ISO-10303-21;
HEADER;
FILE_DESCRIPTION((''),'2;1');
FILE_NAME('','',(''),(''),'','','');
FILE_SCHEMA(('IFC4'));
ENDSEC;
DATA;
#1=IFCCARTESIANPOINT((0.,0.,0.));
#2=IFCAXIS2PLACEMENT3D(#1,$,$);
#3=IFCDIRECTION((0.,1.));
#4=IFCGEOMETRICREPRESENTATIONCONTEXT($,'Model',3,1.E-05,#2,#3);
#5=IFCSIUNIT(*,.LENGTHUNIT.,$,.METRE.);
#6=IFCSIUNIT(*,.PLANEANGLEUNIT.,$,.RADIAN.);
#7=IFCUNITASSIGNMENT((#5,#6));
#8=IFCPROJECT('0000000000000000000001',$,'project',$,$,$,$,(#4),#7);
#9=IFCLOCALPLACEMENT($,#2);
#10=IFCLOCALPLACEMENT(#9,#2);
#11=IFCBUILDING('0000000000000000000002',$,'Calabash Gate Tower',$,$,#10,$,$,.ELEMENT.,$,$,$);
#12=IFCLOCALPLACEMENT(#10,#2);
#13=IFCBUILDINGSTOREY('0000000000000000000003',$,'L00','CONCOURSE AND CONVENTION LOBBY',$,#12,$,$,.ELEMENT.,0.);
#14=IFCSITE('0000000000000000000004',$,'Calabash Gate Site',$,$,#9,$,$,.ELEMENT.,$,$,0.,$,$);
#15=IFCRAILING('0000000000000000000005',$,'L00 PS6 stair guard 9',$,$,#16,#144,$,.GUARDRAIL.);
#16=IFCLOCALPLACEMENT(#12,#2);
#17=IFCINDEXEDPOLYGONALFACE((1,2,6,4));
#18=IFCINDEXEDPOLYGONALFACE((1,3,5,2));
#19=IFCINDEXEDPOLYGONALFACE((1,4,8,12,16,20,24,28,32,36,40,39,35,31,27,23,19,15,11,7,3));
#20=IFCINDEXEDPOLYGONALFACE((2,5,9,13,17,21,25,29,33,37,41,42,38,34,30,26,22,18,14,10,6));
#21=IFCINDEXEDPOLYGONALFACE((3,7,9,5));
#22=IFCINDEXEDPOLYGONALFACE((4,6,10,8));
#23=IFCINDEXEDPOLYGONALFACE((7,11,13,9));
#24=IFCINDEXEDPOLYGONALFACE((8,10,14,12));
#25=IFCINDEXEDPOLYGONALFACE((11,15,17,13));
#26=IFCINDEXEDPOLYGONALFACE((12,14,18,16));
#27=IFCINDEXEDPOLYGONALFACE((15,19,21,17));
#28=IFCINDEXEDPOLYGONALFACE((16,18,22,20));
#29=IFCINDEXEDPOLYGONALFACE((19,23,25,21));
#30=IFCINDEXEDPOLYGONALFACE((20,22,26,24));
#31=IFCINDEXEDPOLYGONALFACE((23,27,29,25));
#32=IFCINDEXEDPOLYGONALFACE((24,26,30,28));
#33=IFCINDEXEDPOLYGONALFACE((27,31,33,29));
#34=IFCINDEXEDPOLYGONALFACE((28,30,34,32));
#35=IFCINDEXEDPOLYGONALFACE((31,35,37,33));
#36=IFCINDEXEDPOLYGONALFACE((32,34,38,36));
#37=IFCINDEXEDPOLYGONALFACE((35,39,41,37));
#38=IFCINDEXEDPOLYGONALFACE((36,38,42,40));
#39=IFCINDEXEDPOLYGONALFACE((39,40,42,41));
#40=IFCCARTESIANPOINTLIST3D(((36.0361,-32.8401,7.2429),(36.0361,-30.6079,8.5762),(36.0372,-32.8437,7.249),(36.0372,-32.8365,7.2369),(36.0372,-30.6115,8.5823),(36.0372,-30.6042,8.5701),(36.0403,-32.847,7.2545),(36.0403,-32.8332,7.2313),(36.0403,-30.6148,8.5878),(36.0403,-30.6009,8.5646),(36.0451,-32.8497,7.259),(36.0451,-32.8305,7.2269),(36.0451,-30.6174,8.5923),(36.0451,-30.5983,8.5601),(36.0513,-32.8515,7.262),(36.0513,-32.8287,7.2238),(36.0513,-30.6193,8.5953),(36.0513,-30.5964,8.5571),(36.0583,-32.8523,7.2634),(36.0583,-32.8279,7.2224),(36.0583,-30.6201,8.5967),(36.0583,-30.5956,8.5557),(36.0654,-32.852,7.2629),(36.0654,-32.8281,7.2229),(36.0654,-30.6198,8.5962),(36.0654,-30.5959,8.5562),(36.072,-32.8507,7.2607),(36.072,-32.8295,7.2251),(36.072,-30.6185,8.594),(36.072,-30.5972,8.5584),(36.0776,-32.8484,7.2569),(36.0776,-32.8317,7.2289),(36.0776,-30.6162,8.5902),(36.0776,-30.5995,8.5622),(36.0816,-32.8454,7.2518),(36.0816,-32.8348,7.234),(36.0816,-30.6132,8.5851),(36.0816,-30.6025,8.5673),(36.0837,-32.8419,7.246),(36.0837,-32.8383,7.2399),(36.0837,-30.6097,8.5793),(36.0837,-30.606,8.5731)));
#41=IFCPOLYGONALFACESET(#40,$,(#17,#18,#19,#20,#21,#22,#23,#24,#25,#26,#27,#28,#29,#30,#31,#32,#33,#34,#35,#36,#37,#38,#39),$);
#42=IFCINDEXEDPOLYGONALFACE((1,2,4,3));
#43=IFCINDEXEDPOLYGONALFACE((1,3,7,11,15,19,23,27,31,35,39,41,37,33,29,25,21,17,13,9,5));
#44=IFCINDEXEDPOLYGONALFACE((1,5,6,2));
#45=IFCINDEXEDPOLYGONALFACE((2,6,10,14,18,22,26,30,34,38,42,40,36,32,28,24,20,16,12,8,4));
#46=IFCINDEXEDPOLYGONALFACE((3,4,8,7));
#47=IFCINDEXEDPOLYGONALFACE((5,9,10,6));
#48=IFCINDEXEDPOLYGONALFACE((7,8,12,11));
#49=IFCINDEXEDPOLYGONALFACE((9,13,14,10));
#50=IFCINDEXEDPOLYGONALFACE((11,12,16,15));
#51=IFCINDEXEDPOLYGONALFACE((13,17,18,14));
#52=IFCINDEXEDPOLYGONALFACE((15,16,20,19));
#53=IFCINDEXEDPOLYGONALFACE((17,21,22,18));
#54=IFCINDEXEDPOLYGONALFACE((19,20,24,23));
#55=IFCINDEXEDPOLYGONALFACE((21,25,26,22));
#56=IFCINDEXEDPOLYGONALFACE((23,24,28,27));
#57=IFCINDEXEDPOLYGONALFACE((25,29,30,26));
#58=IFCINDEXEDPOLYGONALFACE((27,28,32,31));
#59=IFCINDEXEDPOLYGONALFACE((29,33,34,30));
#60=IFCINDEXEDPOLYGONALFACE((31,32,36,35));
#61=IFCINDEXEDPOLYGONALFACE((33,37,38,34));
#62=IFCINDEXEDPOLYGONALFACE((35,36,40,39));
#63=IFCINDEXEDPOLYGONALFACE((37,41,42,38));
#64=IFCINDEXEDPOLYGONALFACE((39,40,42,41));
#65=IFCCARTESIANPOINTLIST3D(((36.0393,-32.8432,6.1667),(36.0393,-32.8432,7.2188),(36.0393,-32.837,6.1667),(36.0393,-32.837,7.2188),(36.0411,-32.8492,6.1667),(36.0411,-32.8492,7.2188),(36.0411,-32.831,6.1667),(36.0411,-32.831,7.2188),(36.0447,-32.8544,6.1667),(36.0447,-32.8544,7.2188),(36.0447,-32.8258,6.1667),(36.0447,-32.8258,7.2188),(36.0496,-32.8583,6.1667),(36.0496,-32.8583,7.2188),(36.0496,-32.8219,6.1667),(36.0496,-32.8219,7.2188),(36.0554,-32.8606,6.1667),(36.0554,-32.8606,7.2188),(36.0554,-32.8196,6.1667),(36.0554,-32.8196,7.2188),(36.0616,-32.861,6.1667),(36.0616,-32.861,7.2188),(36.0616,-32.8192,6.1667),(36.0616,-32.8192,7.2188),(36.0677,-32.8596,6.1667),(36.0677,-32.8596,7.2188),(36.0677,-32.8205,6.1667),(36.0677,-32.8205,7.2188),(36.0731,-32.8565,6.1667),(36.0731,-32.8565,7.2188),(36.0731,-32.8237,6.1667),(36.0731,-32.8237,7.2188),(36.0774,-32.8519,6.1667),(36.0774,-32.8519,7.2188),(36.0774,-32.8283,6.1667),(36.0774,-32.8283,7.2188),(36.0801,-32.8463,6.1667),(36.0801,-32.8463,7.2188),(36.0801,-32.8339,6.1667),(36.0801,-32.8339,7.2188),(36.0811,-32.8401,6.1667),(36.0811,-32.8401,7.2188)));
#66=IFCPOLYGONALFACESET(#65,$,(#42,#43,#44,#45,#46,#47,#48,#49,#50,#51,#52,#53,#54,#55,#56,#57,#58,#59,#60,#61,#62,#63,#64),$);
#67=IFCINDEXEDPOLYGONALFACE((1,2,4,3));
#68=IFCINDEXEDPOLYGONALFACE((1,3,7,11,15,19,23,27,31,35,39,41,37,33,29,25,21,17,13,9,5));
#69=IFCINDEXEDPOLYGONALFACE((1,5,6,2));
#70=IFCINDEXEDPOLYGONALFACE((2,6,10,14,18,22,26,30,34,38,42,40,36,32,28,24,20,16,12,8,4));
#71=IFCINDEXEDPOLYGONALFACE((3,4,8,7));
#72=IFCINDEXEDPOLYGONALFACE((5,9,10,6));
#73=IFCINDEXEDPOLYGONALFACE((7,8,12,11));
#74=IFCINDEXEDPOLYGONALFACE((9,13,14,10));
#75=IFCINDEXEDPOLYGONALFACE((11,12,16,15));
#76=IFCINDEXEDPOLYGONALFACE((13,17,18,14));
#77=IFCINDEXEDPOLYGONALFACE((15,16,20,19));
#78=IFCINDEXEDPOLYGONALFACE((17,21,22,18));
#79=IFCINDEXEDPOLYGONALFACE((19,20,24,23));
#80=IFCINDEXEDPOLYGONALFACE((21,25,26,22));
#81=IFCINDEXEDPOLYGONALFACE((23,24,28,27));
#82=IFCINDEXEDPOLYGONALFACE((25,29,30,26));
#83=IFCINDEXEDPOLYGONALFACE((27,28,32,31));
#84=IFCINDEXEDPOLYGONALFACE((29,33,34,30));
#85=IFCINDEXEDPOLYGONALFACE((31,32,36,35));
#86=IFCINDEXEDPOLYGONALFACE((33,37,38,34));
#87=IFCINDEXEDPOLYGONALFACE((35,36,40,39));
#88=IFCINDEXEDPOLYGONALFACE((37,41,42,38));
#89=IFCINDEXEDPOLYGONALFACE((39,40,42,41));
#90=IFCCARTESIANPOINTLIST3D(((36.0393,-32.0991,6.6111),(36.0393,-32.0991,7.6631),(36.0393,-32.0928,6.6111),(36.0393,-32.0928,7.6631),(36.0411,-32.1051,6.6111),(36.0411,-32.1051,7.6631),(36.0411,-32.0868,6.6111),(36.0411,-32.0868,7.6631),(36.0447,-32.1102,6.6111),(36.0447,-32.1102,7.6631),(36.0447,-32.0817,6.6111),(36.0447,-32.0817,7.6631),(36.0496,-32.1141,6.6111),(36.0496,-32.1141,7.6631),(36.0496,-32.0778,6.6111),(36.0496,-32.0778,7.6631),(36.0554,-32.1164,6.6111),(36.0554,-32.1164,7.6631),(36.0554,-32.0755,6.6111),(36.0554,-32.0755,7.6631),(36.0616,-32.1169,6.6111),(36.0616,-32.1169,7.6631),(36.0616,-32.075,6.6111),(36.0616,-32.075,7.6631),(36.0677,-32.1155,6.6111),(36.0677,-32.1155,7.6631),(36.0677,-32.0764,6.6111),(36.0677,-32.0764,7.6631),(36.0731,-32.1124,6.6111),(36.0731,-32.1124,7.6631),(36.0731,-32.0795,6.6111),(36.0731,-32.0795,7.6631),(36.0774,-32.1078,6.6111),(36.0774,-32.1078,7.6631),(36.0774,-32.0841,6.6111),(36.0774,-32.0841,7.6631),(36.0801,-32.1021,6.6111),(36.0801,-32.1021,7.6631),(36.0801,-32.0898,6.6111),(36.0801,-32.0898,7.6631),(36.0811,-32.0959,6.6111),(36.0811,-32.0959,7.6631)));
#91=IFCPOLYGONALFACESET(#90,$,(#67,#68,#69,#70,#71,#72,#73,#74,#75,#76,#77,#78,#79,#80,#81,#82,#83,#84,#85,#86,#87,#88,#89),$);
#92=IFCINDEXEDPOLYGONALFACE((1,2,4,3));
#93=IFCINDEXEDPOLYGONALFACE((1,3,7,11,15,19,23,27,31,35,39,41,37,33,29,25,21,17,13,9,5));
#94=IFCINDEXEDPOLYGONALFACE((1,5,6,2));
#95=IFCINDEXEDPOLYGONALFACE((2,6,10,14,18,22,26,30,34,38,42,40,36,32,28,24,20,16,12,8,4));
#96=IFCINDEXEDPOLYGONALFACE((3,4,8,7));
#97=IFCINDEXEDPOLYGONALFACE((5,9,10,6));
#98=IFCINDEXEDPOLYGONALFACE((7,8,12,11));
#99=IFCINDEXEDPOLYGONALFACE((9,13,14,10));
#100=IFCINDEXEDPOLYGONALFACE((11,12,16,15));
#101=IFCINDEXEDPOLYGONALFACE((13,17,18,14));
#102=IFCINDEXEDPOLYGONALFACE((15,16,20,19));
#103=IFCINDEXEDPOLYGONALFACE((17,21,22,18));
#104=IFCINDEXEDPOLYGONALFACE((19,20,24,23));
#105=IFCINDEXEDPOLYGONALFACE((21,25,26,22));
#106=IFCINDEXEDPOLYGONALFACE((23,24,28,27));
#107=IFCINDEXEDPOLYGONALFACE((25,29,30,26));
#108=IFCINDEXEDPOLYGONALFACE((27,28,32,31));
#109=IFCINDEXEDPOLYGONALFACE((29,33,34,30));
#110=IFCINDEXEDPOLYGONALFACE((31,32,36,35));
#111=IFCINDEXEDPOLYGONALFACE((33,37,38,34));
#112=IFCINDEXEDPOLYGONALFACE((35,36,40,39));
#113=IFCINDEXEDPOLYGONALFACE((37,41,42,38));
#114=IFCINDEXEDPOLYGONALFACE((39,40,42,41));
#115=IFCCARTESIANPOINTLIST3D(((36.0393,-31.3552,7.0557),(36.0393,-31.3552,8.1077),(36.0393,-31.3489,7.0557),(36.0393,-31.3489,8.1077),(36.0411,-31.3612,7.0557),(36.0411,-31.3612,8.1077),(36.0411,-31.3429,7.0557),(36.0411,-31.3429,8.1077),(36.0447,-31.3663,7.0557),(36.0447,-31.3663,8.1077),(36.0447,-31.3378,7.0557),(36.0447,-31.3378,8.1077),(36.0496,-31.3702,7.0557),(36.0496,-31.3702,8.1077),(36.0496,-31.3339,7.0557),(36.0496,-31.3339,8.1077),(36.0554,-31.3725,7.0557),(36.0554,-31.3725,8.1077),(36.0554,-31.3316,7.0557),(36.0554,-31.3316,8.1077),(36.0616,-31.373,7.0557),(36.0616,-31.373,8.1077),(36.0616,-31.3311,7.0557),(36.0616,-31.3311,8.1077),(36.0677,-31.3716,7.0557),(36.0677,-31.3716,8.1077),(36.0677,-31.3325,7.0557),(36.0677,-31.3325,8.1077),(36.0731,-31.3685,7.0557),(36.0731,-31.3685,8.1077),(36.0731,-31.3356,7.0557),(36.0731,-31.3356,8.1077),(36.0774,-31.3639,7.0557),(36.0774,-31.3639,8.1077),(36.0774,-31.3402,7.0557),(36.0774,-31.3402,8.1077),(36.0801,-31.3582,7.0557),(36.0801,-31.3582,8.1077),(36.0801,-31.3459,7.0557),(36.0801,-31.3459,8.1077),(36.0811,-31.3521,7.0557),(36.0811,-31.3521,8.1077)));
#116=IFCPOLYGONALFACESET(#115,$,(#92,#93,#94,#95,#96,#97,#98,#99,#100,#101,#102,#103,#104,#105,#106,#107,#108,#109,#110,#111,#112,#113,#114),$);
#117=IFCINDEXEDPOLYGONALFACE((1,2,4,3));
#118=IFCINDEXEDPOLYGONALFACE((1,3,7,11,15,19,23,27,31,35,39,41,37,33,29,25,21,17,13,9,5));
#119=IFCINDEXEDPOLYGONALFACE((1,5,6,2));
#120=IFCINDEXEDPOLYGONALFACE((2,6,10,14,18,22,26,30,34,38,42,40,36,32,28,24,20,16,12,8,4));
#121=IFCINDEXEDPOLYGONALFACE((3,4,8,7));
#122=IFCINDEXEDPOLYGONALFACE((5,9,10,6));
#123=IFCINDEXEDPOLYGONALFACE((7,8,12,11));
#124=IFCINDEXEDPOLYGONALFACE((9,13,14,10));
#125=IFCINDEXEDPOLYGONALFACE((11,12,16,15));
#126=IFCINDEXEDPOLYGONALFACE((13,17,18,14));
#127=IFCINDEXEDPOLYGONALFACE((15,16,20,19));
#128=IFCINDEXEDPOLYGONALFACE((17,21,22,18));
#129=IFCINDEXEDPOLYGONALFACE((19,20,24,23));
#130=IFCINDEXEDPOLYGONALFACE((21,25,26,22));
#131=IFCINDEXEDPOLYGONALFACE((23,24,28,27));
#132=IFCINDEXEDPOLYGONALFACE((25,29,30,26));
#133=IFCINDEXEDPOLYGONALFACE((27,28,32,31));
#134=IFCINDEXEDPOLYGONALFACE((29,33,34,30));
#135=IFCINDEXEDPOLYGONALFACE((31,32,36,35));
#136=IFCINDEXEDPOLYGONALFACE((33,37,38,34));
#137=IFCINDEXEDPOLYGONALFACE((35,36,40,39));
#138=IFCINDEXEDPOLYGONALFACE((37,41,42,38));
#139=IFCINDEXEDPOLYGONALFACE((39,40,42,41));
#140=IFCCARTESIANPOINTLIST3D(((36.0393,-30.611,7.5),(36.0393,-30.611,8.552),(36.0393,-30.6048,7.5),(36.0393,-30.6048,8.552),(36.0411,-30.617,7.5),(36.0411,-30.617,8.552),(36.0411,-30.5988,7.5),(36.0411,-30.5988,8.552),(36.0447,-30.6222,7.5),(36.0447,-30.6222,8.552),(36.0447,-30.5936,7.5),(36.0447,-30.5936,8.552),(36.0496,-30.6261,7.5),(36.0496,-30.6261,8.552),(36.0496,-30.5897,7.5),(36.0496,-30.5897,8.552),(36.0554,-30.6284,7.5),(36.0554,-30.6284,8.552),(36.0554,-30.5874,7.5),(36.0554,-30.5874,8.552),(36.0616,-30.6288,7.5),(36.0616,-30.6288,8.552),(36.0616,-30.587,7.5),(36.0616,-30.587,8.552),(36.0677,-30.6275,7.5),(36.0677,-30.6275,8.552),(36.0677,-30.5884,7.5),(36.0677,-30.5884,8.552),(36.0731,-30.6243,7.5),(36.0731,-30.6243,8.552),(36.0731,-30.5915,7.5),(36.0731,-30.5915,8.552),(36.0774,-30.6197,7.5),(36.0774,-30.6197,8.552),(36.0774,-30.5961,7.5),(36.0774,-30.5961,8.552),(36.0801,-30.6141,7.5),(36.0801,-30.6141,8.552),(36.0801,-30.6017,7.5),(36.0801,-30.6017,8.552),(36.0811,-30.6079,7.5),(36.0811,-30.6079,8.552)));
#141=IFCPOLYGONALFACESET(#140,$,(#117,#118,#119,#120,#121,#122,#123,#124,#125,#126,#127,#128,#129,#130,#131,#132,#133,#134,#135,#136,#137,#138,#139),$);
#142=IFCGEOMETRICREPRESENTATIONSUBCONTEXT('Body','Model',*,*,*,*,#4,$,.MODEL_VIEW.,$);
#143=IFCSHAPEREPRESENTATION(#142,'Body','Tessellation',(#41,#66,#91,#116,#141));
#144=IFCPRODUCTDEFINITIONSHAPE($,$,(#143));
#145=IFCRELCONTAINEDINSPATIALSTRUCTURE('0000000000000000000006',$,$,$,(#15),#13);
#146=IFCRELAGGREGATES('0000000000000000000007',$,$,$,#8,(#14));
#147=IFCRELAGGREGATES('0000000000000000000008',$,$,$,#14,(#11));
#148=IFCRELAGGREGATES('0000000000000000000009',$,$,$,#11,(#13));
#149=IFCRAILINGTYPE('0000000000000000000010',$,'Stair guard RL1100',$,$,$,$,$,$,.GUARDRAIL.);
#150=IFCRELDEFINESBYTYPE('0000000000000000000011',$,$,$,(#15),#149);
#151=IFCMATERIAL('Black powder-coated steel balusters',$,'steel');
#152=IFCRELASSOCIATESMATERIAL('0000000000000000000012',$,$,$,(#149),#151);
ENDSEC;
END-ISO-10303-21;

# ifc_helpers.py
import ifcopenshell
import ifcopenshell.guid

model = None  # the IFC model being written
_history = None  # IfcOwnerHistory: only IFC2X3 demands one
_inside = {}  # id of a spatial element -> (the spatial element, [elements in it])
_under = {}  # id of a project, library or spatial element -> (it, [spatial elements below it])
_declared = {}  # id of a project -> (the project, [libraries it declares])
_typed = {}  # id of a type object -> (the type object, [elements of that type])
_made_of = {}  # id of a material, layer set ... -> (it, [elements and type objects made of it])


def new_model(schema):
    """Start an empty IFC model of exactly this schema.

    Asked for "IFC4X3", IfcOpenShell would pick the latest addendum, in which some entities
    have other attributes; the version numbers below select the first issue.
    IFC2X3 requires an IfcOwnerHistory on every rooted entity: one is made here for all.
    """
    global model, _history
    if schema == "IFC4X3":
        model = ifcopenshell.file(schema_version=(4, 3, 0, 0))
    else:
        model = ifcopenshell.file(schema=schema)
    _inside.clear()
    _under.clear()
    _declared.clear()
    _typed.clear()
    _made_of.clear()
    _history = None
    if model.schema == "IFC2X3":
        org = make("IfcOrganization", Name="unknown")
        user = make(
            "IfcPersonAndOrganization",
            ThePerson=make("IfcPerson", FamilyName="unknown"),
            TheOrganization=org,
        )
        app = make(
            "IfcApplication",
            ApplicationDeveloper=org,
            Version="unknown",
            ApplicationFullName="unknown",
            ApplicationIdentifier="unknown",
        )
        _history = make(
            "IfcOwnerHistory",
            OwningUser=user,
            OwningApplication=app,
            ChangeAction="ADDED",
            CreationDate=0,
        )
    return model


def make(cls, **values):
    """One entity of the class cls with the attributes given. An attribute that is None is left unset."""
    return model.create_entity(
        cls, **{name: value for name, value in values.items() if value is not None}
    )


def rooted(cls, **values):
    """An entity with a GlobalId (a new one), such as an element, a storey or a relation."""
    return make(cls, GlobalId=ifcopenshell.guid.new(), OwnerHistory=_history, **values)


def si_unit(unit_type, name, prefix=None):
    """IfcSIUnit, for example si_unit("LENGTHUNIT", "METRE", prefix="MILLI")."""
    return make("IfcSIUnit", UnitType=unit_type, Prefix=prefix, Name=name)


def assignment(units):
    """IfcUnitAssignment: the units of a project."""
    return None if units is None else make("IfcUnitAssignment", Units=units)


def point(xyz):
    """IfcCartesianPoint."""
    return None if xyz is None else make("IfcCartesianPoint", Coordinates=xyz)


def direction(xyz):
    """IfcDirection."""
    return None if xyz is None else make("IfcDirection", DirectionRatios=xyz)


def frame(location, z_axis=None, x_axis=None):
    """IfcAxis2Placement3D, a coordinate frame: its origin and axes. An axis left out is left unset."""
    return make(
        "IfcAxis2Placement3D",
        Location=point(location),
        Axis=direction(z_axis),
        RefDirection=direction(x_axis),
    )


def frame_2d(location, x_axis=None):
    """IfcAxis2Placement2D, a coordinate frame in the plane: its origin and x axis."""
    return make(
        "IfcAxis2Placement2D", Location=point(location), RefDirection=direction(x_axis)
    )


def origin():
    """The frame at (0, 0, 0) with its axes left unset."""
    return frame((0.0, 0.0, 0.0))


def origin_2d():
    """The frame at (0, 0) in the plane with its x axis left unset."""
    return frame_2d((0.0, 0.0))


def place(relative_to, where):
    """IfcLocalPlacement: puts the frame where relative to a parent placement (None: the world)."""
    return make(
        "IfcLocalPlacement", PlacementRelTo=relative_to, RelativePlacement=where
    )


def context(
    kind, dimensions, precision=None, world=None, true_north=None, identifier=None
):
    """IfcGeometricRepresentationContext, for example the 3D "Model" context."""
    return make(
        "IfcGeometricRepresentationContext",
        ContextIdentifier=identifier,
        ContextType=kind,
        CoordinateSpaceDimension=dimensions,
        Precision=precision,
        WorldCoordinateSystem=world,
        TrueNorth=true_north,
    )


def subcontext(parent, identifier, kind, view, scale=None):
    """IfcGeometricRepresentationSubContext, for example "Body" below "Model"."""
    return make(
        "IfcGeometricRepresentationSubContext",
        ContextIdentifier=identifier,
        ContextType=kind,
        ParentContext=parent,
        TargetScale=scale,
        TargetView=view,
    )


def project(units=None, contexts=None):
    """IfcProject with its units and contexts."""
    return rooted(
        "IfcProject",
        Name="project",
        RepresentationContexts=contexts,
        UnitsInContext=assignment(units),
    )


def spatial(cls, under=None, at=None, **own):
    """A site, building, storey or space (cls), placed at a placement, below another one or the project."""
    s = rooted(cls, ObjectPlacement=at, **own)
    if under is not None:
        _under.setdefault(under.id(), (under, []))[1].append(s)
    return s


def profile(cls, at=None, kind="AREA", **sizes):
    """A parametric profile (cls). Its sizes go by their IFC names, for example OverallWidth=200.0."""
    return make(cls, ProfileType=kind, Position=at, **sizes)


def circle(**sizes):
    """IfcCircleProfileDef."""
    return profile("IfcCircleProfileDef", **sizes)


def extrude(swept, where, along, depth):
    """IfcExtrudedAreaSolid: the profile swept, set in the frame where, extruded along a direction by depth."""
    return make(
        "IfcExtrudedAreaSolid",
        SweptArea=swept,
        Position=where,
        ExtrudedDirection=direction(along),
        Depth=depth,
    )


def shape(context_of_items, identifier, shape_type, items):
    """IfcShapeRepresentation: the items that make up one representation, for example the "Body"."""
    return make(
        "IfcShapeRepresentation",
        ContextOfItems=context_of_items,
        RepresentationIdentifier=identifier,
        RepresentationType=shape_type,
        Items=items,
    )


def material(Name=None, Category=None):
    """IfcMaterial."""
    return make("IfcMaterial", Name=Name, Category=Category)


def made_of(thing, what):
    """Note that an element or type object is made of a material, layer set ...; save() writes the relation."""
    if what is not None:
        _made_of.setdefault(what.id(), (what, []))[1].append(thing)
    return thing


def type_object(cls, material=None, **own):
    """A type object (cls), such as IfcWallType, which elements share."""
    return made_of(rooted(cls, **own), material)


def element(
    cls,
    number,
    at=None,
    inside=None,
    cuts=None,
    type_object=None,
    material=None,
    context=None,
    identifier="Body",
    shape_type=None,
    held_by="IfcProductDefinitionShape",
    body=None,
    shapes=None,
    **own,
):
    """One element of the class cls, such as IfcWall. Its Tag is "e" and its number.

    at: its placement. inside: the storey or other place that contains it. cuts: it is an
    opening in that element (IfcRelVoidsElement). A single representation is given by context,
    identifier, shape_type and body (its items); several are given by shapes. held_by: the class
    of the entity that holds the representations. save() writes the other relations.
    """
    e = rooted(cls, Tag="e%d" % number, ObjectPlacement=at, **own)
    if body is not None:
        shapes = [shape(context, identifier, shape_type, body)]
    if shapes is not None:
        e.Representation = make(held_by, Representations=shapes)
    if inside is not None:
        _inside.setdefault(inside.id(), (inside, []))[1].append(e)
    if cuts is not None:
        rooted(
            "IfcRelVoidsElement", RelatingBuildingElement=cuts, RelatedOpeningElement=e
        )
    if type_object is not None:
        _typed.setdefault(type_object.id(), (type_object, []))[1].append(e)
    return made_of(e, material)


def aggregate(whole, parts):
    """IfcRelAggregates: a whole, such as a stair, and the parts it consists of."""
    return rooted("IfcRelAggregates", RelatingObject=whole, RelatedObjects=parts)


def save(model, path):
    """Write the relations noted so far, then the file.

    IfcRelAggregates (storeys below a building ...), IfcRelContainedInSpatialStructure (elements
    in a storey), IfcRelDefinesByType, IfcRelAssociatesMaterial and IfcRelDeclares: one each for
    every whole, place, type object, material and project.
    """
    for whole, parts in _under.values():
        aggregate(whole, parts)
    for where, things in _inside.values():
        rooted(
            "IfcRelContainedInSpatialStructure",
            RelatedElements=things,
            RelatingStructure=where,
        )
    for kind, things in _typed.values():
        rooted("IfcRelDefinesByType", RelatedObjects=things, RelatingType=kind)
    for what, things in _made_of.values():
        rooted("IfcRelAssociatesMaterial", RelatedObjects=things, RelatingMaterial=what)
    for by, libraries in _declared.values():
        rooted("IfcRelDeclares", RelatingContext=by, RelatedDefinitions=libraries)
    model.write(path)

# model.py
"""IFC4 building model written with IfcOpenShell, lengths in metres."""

from ifc_helpers import new_model, si_unit, direction, frame, origin, origin_2d, place, context, subcontext, project, spatial, circle, extrude, material, type_object, element, save


model = new_model("IFC4")

# Units and contexts
model_context = context("Model", 3, precision=1e-05, world=origin(), true_north=direction((0.0, 1.0)))
body_context = subcontext(model_context, "Body", "Model", "MODEL_VIEW")
ifc_project = project(units=[si_unit("LENGTHUNIT", "METRE"), si_unit("PLANEANGLEUNIT", "RADIAN")], contexts=[model_context])

# Site, building, storey
site_placement = place(None, origin())
site = spatial("IfcSite", under=ifc_project, at=site_placement, Name="Calabash Gate Site", CompositionType="ELEMENT", RefElevation=0.0)
building_placement = place(site_placement, origin())
building = spatial("IfcBuilding", under=site, at=building_placement, Name="Calabash Gate Tower", CompositionType="ELEMENT")
storey_placement = place(building_placement, origin())
storey = spatial("IfcBuildingStorey", under=building, at=storey_placement, Name="L00", Description="CONCOURSE AND CONVENTION LOBBY", CompositionType="ELEMENT", Elevation=0.0)

# Railing
ifc_material_1 = material(Name="Black powder-coated steel balusters", Category="steel")
railing_type_1 = type_object("IfcRailingType", Name="Stair guard RL1100", PredefinedType="GUARDRAIL", material=ifc_material_1)
railing_1_placement = place(storey_placement, frame((36.0601, -32.8401, 6.1667)))
element("IfcRailing", 1, at=railing_1_placement, inside=storey, type_object=railing_type_1, Name="L00 PS6 stair guard 9", PredefinedType="GUARDRAIL", context=body_context, shape_type="SweptSolid", body=[
    extrude(circle(Radius=0.0239, at=origin_2d()), frame((0.0, 0.0, 1.0762), z_axis=(0.0, 0.858519, 0.512782), x_axis=(-1.0, 0.0, 0.0)), (0.0, 0.0, 1.0), 2.6001),
    extrude(circle(Radius=0.021, at=origin_2d()), origin(), (0.0, 0.0, 1.0), 1.052),
    extrude(circle(Radius=0.021, at=origin_2d()), frame((0.0, 0.7441, 0.4443)), (0.0, 0.0, 1.0), 1.052),
    extrude(circle(Radius=0.021, at=origin_2d()), frame((0.0, 1.488, 0.8889)), (0.0, 0.0, 1.0), 1.052),
    extrude(circle(Radius=0.021, at=origin_2d()), frame((0.0, 2.2322, 1.3333)), (0.0, 0.0, 1.0), 1.052),
])

save(model, "model.ifc")
